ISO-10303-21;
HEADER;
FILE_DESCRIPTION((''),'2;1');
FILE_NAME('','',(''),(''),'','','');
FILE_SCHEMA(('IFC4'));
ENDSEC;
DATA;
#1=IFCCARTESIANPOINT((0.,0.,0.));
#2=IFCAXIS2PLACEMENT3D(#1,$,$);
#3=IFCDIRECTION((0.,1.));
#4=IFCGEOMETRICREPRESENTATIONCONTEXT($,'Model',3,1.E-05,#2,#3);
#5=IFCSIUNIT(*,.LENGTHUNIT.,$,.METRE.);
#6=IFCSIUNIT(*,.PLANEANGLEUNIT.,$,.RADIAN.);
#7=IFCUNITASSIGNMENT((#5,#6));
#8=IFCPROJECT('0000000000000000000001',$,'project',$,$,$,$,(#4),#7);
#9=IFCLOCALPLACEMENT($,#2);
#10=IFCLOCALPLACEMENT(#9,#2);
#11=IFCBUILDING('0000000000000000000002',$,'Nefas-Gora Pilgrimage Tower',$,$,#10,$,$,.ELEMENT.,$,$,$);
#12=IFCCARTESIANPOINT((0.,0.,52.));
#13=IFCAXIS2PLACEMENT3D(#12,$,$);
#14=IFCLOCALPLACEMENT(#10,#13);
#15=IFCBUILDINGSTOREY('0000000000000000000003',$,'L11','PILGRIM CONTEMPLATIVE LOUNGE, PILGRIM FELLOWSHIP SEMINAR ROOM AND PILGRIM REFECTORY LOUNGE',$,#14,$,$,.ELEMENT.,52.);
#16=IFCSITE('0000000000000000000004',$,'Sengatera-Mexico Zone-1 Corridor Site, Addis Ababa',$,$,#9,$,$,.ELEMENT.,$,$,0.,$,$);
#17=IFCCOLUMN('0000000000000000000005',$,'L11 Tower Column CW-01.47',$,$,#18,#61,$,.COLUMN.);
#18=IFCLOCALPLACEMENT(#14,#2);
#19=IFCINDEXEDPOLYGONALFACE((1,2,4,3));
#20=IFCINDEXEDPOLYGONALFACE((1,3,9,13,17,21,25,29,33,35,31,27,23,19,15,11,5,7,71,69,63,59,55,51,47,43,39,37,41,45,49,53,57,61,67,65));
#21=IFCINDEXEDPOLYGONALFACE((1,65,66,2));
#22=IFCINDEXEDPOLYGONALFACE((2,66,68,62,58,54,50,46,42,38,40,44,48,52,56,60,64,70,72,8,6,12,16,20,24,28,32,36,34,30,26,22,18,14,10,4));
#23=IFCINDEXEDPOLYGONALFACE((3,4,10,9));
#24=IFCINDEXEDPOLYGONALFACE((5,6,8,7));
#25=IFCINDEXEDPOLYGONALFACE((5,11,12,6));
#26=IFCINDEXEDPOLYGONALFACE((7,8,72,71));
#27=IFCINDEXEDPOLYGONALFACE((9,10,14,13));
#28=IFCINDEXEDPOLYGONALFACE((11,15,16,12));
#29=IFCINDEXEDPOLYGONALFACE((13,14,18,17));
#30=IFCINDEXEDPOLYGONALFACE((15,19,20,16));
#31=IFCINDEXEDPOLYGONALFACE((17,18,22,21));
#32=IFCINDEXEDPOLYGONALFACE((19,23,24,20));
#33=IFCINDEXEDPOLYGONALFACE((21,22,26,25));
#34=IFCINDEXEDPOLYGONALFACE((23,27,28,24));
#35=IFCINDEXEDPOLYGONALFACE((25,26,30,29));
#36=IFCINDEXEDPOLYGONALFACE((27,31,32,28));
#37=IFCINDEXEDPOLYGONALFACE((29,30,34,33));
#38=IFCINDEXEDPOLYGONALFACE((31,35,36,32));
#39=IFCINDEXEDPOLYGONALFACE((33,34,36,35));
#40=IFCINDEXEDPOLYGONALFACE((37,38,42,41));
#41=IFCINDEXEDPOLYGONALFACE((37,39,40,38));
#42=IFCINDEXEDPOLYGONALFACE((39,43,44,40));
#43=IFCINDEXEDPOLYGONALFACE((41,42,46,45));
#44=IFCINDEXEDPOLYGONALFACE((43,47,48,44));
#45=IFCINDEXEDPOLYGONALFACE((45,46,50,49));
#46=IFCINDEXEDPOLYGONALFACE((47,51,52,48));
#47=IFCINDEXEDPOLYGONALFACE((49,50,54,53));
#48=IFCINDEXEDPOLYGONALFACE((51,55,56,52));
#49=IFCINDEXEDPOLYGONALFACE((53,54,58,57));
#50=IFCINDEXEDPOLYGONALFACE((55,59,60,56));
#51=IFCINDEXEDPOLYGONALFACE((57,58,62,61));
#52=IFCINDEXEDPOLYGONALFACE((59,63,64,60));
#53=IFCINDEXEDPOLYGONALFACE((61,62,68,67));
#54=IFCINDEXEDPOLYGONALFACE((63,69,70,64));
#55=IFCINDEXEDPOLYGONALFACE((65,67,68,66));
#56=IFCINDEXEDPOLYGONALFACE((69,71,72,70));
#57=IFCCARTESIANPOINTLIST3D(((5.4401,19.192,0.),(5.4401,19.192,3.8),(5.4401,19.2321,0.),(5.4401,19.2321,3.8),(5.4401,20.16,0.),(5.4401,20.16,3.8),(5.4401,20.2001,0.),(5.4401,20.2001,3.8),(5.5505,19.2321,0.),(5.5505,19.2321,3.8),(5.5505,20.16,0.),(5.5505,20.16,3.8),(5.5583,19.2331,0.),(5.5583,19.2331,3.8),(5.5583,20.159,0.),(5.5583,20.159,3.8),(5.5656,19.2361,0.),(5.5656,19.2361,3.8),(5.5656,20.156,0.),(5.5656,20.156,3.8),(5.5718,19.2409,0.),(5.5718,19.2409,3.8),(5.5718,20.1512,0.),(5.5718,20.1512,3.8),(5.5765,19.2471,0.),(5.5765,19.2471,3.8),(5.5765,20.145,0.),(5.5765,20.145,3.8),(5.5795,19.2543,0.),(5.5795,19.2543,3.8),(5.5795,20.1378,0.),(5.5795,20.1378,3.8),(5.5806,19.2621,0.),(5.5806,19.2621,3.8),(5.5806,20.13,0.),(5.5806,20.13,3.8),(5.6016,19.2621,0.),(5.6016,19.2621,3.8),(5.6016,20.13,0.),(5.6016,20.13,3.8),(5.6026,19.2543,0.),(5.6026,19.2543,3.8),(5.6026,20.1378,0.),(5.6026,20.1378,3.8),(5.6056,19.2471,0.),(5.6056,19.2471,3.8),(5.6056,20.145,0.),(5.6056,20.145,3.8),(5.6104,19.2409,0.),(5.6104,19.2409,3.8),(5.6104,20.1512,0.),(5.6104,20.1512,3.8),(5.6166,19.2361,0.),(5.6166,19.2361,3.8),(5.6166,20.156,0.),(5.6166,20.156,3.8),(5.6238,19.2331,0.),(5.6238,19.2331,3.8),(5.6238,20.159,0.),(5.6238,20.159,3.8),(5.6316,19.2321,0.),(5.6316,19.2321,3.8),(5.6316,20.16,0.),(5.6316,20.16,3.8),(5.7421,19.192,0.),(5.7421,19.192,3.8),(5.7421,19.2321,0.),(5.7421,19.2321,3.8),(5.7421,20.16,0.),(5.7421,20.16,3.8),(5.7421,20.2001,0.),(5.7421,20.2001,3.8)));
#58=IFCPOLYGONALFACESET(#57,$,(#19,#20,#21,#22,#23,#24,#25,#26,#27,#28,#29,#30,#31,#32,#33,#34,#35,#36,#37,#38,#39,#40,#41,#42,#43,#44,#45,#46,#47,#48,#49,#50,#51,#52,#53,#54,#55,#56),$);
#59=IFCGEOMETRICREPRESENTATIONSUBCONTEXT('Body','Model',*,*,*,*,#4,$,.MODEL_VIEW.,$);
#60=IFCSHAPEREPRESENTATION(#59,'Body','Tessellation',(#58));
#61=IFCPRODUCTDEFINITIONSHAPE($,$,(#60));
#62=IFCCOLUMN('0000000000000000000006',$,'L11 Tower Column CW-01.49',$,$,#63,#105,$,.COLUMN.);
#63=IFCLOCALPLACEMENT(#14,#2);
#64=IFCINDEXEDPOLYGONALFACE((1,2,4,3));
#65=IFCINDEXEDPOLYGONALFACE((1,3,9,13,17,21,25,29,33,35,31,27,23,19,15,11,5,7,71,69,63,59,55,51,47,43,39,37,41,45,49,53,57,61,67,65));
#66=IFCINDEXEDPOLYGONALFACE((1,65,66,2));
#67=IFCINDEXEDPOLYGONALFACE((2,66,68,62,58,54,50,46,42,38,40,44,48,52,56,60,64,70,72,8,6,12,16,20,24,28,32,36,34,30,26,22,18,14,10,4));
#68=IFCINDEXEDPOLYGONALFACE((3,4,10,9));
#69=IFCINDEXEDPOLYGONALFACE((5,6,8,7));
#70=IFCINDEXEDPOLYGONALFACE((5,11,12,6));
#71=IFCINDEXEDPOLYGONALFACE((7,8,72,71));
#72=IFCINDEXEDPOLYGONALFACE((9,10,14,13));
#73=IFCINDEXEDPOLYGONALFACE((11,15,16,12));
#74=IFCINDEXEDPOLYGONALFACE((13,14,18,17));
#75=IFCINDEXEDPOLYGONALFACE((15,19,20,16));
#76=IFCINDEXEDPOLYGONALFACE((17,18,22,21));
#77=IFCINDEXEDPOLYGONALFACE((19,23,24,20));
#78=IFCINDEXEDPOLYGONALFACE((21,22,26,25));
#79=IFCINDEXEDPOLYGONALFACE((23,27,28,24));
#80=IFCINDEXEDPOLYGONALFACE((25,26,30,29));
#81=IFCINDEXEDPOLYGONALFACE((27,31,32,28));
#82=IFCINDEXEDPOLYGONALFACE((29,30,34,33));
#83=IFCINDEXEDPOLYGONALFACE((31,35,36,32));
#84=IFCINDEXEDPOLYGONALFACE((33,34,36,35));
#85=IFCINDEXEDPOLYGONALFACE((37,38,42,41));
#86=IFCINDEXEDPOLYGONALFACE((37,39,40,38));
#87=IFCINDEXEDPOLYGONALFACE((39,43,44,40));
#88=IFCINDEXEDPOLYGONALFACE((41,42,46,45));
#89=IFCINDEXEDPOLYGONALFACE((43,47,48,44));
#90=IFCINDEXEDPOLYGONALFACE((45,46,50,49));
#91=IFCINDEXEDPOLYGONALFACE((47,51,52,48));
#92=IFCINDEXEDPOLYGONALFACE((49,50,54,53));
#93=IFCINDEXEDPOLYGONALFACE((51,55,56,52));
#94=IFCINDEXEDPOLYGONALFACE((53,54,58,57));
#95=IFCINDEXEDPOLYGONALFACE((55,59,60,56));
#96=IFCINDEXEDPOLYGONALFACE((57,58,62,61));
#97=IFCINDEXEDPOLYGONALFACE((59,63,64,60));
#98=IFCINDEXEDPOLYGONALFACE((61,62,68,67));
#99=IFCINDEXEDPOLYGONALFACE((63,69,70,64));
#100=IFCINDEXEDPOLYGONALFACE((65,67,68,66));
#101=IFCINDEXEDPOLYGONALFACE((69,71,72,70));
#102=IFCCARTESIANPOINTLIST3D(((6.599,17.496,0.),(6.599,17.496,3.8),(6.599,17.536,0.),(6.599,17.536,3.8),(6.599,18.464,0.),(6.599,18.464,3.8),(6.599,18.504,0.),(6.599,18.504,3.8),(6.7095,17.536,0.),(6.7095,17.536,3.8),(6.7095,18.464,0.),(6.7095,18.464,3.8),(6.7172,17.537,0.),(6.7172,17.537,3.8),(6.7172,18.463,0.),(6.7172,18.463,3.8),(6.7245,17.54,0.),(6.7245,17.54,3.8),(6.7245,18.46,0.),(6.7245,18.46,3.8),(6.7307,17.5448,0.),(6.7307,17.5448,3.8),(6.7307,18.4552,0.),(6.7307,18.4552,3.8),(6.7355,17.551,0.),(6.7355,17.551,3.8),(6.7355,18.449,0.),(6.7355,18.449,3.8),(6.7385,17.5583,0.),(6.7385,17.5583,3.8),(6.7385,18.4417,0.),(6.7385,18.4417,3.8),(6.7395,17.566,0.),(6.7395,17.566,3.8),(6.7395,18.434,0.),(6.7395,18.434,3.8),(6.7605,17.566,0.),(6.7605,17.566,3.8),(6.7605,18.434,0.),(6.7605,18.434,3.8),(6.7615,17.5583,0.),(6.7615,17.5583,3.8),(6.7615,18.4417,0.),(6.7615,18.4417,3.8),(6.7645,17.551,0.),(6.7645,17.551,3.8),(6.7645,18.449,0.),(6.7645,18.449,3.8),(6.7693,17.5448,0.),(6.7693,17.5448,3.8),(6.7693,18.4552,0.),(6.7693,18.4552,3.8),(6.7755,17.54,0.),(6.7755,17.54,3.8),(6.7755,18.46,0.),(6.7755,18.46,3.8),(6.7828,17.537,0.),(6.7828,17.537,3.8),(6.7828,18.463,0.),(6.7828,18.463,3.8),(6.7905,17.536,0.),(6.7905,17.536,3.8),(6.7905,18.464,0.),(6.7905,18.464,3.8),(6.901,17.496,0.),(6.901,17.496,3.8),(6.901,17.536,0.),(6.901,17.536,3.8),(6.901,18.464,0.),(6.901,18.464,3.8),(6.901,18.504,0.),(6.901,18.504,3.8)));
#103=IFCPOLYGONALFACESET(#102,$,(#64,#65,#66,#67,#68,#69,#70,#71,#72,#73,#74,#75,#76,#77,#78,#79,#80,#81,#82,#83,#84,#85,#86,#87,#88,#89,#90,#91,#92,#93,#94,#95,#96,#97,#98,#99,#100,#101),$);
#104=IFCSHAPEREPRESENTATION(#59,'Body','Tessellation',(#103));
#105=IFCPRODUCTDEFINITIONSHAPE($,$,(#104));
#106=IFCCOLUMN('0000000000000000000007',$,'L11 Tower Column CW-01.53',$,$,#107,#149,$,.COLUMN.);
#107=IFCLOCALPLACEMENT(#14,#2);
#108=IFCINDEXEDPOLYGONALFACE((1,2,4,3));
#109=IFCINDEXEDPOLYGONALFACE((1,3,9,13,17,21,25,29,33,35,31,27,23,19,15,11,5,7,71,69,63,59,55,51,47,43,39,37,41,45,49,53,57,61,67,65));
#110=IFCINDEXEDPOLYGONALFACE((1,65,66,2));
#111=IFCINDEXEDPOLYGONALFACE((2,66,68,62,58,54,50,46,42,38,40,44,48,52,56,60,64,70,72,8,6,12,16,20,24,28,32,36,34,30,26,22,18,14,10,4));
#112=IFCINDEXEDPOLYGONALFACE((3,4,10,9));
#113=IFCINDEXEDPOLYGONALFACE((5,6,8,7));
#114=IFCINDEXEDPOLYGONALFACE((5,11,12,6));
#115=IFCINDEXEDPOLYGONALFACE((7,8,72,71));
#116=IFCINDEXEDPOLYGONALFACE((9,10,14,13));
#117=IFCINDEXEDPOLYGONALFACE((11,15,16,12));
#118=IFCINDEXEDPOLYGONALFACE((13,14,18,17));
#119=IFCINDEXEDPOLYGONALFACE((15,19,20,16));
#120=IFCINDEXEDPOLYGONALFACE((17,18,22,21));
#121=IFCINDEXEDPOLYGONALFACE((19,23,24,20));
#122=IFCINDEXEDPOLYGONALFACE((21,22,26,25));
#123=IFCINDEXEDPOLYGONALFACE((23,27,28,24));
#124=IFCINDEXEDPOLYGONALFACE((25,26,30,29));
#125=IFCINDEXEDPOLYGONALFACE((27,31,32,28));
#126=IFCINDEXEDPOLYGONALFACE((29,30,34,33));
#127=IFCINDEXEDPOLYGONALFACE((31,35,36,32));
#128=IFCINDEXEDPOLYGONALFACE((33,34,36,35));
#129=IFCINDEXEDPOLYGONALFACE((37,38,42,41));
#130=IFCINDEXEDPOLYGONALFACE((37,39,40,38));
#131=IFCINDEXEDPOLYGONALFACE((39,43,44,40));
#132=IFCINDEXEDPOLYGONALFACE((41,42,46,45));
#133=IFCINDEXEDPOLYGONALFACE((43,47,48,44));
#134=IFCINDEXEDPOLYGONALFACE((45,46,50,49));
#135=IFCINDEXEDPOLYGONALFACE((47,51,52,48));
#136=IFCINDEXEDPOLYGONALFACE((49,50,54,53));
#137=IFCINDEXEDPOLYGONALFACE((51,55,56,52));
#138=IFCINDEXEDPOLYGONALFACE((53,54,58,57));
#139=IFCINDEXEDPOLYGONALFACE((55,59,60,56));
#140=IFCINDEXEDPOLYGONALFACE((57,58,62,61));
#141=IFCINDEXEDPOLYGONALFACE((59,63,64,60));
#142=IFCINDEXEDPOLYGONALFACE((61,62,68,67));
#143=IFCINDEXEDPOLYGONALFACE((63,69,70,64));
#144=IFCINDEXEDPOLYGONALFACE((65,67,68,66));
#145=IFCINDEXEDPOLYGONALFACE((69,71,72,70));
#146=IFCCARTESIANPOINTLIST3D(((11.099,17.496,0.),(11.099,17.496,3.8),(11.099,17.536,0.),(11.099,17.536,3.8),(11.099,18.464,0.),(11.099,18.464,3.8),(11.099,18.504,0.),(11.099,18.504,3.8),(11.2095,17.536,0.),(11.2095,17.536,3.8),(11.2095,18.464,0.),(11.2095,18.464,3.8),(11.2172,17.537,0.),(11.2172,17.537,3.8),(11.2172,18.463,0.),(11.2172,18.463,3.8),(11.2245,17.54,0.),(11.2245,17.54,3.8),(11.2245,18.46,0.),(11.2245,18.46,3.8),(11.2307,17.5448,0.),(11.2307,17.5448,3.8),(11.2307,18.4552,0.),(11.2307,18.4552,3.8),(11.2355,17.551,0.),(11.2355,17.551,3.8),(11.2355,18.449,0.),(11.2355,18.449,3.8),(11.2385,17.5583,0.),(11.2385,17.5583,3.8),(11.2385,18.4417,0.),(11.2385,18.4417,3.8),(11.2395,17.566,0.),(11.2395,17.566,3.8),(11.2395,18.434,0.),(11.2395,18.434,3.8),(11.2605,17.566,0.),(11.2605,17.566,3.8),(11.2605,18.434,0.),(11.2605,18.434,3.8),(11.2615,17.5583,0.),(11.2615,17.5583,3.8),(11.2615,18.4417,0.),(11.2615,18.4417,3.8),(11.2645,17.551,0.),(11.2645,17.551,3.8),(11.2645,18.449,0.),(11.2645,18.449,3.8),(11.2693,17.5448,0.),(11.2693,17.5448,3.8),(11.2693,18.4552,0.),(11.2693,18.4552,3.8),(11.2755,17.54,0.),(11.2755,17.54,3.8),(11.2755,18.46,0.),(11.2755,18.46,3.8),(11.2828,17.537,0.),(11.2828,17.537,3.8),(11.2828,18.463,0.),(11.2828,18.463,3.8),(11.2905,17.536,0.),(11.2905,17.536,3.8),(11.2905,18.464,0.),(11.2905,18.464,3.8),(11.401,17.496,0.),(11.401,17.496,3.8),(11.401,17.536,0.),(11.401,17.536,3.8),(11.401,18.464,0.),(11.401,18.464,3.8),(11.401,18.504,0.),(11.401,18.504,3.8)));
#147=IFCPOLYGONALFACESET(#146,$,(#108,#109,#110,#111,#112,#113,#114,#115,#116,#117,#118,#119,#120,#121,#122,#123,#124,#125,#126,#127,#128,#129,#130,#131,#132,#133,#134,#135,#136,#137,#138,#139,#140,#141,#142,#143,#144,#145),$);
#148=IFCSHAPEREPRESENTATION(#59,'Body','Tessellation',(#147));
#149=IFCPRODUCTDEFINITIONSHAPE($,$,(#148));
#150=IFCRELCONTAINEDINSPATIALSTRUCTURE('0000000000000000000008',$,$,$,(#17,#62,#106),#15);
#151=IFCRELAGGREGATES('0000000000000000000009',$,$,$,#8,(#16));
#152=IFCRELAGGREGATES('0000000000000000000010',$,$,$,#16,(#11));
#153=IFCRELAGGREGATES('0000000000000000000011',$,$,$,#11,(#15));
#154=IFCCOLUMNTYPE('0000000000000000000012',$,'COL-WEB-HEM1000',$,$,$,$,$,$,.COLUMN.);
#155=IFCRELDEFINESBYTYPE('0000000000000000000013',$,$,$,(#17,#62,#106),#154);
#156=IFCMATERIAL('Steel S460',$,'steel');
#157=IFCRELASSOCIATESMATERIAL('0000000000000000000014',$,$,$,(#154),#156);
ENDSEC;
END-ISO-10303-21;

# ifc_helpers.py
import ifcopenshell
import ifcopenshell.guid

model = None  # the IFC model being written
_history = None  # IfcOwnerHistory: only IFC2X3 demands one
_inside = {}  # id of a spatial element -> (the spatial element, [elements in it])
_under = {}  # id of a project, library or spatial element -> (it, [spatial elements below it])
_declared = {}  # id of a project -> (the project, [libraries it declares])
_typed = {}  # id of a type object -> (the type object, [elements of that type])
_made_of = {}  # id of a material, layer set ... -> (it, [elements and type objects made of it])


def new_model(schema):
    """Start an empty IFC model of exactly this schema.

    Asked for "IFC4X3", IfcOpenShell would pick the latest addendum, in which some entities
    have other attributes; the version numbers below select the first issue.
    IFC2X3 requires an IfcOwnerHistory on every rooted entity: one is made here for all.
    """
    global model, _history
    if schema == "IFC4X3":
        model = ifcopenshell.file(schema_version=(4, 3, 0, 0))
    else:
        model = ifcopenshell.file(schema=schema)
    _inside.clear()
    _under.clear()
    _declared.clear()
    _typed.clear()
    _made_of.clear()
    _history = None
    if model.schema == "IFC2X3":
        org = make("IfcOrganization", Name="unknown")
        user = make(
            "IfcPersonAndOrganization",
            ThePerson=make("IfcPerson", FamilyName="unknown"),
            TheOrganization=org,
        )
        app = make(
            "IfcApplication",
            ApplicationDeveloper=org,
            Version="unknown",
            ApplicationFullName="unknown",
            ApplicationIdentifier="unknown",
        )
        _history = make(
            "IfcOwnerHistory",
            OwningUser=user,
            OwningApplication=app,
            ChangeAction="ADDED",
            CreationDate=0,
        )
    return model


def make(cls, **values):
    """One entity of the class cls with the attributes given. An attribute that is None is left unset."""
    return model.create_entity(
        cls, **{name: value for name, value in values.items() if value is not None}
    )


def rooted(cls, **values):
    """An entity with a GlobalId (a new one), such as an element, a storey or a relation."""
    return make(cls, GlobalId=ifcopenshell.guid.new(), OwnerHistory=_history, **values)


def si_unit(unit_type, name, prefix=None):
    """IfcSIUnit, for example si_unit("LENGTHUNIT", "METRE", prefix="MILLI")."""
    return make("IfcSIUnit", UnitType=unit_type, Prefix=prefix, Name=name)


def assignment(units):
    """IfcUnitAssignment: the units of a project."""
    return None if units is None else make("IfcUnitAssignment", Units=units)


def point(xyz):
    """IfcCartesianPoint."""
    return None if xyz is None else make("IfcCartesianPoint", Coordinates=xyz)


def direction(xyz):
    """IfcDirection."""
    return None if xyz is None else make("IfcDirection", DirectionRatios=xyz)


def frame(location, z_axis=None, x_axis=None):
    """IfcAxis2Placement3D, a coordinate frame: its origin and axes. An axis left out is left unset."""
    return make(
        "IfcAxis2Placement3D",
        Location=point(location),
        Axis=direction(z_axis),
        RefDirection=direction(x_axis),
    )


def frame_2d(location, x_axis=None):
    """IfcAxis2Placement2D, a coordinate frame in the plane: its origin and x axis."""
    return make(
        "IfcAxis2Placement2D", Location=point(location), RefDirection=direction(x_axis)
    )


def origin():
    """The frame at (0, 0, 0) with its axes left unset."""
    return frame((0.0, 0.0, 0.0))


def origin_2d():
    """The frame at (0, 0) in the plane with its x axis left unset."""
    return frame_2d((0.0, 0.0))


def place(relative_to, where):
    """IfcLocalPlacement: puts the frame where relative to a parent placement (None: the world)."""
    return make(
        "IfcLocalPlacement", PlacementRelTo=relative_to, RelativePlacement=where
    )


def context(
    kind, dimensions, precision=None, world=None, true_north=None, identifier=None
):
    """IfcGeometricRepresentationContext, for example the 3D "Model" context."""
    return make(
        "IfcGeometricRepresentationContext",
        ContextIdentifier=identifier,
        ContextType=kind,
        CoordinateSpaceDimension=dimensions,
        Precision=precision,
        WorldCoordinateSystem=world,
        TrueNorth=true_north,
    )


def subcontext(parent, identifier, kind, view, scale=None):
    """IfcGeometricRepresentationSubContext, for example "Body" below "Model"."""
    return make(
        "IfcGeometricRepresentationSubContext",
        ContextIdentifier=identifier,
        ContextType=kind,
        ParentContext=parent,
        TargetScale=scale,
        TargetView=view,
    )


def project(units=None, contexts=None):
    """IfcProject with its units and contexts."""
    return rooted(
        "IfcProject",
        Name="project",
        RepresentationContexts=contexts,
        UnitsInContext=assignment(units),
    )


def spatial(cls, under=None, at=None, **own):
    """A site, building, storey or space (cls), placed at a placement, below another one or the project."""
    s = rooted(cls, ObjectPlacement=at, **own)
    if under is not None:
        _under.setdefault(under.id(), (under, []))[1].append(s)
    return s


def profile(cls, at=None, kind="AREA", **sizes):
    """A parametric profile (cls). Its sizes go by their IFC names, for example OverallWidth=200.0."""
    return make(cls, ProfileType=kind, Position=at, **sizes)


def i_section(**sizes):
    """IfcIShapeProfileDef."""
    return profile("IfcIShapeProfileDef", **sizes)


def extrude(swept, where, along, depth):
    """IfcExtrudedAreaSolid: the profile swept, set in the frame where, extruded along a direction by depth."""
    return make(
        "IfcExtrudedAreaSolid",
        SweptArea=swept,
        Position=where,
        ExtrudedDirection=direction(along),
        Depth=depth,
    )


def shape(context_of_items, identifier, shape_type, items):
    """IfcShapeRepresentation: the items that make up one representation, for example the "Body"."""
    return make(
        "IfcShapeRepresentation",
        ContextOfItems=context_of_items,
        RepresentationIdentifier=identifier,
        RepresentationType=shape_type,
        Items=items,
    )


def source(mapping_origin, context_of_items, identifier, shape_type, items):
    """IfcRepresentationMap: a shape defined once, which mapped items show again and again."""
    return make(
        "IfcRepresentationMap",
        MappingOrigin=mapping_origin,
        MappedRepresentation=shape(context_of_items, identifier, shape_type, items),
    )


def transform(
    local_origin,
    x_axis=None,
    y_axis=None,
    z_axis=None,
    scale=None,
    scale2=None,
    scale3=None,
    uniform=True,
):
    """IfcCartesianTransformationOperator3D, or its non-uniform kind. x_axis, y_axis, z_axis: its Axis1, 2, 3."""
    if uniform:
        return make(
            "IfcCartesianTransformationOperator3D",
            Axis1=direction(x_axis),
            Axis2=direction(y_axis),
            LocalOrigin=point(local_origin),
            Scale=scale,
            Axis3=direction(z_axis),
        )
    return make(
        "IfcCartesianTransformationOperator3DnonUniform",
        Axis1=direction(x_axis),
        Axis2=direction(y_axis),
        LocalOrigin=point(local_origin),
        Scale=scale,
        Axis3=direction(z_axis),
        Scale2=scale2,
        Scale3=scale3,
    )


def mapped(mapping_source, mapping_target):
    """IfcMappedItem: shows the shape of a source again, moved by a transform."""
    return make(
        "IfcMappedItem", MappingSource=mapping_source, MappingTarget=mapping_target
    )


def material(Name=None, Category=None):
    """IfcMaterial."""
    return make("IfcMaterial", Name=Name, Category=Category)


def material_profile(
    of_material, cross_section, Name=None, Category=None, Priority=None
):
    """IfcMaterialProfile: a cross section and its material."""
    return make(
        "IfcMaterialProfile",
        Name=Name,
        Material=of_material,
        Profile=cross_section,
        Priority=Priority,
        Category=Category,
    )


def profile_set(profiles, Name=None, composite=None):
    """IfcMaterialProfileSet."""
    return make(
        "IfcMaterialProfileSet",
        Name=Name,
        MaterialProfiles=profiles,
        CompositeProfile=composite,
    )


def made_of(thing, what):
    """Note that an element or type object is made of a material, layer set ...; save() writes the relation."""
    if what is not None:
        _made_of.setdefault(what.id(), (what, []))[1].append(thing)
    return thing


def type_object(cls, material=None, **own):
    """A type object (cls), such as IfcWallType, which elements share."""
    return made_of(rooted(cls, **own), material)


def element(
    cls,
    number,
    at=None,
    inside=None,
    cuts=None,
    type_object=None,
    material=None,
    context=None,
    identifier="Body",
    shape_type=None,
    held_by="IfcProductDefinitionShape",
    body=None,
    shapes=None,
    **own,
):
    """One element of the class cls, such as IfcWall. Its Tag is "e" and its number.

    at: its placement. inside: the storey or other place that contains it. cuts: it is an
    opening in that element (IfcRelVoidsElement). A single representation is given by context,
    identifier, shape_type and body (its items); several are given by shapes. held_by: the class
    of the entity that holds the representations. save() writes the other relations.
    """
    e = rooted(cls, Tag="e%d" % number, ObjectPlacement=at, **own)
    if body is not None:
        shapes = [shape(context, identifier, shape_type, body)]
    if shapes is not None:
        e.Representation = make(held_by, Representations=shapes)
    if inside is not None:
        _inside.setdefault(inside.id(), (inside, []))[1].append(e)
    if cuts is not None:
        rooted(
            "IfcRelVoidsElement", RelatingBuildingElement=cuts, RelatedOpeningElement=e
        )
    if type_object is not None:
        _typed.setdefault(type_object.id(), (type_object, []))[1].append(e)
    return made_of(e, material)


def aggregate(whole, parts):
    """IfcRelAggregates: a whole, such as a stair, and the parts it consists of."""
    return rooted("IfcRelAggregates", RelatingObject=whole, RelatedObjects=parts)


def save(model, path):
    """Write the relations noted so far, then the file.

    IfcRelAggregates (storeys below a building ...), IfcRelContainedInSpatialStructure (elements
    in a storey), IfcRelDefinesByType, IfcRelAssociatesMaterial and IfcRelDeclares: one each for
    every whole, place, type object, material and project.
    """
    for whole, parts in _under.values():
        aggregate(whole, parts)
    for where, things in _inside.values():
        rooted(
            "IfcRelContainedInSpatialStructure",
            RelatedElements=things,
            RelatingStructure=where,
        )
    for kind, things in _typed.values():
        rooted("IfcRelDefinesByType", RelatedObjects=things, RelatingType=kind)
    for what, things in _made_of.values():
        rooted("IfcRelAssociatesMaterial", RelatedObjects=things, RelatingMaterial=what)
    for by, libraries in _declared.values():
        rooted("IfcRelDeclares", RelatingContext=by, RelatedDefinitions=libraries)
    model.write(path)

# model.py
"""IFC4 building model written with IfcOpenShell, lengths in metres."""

from ifc_helpers import new_model, si_unit, direction, frame, origin, origin_2d, place, context, subcontext, project, spatial, i_section, extrude, source, transform, mapped, material, material_profile, profile_set, type_object, element, save


model = new_model("IFC4")

# Units and contexts
model_context = context("Model", 3, precision=1e-05, world=origin(), true_north=direction((0.0, 1.0)))
body_context = subcontext(model_context, "Body", "Model", "MODEL_VIEW")
ifc_project = project(units=[si_unit("LENGTHUNIT", "METRE"), si_unit("PLANEANGLEUNIT", "RADIAN")], contexts=[model_context])

# Site, building, storey
site_placement = place(None, origin())
site = spatial("IfcSite", under=ifc_project, at=site_placement, Name="Sengatera-Mexico Zone-1 Corridor Site, Addis Ababa", CompositionType="ELEMENT", RefElevation=0.0)
building_placement = place(site_placement, origin())
building = spatial("IfcBuilding", under=site, at=building_placement, Name="Nefas-Gora Pilgrimage Tower", CompositionType="ELEMENT")
storey_placement = place(building_placement, frame((0.0, 0.0, 52.0)))
storey = spatial("IfcBuildingStorey", under=building, at=storey_placement, Name="L11", Description="PILGRIM CONTEMPLATIVE LOUNGE, PILGRIM FELLOWSHIP SEMINAR ROOM AND PILGRIM REFECTORY LOUNGE", CompositionType="ELEMENT", Elevation=52.0)

# Columns
ifc_material_1 = material(Name="Steel S460", Category="steel")
ifc_material_profile_1 = material_profile(ifc_material_1, i_section(OverallWidth=0.302, OverallDepth=1.0081, WebThickness=0.021, FlangeThickness=0.04, FilletRadius=0.03, at=origin_2d()), Name="HEM 1000")
ifc_profile_set_1 = profile_set([ifc_material_profile_1], Name="Steel S460")
column_type_1 = type_object("IfcColumnType", Name="COL-WEB-HEM1000", PredefinedType="COLUMN", material=ifc_profile_set_1)
shared_shape_1 = source(origin(), body_context, "Body", "SweptSolid", [
    extrude(i_section(OverallWidth=0.302, OverallDepth=1.0081, WebThickness=0.021, FlangeThickness=0.04, FilletRadius=0.03, at=origin_2d()), origin(), (0.0, 0.0, 1.0), 3.8),
])
for number, where, z_axis, x_axis, name in (
    (1, (5.5911, 19.696, 0.0), (0.0, 0.0, 1.0), (1.0, 0.0, 0.0), "L11 Tower Column CW-01.47"),
    (2, (6.75, 18.0, 0.0), (0.0, 0.0, 1.0), (1.0, 0.0, 0.0), "L11 Tower Column CW-01.49"),
    (3, (11.25, 18.0, 0.0), (0.0, 0.0, 1.0), (1.0, 0.0, 0.0), "L11 Tower Column CW-01.53"),
):
    element("IfcColumn", number, at=place(storey_placement, frame(where, z_axis=z_axis, x_axis=x_axis)), inside=storey, type_object=column_type_1, Name=name, PredefinedType="COLUMN", context=body_context, shape_type="MappedRepresentation", body=[
        mapped(shared_shape_1, transform((0.0, 0.0, 0.0), x_axis=(1.0, 0.0, 0.0), y_axis=(0.0, 1.0, 0.0), z_axis=(0.0, 0.0, 1.0), scale=1.0)),
    ])

save(model, "model.ifc")
